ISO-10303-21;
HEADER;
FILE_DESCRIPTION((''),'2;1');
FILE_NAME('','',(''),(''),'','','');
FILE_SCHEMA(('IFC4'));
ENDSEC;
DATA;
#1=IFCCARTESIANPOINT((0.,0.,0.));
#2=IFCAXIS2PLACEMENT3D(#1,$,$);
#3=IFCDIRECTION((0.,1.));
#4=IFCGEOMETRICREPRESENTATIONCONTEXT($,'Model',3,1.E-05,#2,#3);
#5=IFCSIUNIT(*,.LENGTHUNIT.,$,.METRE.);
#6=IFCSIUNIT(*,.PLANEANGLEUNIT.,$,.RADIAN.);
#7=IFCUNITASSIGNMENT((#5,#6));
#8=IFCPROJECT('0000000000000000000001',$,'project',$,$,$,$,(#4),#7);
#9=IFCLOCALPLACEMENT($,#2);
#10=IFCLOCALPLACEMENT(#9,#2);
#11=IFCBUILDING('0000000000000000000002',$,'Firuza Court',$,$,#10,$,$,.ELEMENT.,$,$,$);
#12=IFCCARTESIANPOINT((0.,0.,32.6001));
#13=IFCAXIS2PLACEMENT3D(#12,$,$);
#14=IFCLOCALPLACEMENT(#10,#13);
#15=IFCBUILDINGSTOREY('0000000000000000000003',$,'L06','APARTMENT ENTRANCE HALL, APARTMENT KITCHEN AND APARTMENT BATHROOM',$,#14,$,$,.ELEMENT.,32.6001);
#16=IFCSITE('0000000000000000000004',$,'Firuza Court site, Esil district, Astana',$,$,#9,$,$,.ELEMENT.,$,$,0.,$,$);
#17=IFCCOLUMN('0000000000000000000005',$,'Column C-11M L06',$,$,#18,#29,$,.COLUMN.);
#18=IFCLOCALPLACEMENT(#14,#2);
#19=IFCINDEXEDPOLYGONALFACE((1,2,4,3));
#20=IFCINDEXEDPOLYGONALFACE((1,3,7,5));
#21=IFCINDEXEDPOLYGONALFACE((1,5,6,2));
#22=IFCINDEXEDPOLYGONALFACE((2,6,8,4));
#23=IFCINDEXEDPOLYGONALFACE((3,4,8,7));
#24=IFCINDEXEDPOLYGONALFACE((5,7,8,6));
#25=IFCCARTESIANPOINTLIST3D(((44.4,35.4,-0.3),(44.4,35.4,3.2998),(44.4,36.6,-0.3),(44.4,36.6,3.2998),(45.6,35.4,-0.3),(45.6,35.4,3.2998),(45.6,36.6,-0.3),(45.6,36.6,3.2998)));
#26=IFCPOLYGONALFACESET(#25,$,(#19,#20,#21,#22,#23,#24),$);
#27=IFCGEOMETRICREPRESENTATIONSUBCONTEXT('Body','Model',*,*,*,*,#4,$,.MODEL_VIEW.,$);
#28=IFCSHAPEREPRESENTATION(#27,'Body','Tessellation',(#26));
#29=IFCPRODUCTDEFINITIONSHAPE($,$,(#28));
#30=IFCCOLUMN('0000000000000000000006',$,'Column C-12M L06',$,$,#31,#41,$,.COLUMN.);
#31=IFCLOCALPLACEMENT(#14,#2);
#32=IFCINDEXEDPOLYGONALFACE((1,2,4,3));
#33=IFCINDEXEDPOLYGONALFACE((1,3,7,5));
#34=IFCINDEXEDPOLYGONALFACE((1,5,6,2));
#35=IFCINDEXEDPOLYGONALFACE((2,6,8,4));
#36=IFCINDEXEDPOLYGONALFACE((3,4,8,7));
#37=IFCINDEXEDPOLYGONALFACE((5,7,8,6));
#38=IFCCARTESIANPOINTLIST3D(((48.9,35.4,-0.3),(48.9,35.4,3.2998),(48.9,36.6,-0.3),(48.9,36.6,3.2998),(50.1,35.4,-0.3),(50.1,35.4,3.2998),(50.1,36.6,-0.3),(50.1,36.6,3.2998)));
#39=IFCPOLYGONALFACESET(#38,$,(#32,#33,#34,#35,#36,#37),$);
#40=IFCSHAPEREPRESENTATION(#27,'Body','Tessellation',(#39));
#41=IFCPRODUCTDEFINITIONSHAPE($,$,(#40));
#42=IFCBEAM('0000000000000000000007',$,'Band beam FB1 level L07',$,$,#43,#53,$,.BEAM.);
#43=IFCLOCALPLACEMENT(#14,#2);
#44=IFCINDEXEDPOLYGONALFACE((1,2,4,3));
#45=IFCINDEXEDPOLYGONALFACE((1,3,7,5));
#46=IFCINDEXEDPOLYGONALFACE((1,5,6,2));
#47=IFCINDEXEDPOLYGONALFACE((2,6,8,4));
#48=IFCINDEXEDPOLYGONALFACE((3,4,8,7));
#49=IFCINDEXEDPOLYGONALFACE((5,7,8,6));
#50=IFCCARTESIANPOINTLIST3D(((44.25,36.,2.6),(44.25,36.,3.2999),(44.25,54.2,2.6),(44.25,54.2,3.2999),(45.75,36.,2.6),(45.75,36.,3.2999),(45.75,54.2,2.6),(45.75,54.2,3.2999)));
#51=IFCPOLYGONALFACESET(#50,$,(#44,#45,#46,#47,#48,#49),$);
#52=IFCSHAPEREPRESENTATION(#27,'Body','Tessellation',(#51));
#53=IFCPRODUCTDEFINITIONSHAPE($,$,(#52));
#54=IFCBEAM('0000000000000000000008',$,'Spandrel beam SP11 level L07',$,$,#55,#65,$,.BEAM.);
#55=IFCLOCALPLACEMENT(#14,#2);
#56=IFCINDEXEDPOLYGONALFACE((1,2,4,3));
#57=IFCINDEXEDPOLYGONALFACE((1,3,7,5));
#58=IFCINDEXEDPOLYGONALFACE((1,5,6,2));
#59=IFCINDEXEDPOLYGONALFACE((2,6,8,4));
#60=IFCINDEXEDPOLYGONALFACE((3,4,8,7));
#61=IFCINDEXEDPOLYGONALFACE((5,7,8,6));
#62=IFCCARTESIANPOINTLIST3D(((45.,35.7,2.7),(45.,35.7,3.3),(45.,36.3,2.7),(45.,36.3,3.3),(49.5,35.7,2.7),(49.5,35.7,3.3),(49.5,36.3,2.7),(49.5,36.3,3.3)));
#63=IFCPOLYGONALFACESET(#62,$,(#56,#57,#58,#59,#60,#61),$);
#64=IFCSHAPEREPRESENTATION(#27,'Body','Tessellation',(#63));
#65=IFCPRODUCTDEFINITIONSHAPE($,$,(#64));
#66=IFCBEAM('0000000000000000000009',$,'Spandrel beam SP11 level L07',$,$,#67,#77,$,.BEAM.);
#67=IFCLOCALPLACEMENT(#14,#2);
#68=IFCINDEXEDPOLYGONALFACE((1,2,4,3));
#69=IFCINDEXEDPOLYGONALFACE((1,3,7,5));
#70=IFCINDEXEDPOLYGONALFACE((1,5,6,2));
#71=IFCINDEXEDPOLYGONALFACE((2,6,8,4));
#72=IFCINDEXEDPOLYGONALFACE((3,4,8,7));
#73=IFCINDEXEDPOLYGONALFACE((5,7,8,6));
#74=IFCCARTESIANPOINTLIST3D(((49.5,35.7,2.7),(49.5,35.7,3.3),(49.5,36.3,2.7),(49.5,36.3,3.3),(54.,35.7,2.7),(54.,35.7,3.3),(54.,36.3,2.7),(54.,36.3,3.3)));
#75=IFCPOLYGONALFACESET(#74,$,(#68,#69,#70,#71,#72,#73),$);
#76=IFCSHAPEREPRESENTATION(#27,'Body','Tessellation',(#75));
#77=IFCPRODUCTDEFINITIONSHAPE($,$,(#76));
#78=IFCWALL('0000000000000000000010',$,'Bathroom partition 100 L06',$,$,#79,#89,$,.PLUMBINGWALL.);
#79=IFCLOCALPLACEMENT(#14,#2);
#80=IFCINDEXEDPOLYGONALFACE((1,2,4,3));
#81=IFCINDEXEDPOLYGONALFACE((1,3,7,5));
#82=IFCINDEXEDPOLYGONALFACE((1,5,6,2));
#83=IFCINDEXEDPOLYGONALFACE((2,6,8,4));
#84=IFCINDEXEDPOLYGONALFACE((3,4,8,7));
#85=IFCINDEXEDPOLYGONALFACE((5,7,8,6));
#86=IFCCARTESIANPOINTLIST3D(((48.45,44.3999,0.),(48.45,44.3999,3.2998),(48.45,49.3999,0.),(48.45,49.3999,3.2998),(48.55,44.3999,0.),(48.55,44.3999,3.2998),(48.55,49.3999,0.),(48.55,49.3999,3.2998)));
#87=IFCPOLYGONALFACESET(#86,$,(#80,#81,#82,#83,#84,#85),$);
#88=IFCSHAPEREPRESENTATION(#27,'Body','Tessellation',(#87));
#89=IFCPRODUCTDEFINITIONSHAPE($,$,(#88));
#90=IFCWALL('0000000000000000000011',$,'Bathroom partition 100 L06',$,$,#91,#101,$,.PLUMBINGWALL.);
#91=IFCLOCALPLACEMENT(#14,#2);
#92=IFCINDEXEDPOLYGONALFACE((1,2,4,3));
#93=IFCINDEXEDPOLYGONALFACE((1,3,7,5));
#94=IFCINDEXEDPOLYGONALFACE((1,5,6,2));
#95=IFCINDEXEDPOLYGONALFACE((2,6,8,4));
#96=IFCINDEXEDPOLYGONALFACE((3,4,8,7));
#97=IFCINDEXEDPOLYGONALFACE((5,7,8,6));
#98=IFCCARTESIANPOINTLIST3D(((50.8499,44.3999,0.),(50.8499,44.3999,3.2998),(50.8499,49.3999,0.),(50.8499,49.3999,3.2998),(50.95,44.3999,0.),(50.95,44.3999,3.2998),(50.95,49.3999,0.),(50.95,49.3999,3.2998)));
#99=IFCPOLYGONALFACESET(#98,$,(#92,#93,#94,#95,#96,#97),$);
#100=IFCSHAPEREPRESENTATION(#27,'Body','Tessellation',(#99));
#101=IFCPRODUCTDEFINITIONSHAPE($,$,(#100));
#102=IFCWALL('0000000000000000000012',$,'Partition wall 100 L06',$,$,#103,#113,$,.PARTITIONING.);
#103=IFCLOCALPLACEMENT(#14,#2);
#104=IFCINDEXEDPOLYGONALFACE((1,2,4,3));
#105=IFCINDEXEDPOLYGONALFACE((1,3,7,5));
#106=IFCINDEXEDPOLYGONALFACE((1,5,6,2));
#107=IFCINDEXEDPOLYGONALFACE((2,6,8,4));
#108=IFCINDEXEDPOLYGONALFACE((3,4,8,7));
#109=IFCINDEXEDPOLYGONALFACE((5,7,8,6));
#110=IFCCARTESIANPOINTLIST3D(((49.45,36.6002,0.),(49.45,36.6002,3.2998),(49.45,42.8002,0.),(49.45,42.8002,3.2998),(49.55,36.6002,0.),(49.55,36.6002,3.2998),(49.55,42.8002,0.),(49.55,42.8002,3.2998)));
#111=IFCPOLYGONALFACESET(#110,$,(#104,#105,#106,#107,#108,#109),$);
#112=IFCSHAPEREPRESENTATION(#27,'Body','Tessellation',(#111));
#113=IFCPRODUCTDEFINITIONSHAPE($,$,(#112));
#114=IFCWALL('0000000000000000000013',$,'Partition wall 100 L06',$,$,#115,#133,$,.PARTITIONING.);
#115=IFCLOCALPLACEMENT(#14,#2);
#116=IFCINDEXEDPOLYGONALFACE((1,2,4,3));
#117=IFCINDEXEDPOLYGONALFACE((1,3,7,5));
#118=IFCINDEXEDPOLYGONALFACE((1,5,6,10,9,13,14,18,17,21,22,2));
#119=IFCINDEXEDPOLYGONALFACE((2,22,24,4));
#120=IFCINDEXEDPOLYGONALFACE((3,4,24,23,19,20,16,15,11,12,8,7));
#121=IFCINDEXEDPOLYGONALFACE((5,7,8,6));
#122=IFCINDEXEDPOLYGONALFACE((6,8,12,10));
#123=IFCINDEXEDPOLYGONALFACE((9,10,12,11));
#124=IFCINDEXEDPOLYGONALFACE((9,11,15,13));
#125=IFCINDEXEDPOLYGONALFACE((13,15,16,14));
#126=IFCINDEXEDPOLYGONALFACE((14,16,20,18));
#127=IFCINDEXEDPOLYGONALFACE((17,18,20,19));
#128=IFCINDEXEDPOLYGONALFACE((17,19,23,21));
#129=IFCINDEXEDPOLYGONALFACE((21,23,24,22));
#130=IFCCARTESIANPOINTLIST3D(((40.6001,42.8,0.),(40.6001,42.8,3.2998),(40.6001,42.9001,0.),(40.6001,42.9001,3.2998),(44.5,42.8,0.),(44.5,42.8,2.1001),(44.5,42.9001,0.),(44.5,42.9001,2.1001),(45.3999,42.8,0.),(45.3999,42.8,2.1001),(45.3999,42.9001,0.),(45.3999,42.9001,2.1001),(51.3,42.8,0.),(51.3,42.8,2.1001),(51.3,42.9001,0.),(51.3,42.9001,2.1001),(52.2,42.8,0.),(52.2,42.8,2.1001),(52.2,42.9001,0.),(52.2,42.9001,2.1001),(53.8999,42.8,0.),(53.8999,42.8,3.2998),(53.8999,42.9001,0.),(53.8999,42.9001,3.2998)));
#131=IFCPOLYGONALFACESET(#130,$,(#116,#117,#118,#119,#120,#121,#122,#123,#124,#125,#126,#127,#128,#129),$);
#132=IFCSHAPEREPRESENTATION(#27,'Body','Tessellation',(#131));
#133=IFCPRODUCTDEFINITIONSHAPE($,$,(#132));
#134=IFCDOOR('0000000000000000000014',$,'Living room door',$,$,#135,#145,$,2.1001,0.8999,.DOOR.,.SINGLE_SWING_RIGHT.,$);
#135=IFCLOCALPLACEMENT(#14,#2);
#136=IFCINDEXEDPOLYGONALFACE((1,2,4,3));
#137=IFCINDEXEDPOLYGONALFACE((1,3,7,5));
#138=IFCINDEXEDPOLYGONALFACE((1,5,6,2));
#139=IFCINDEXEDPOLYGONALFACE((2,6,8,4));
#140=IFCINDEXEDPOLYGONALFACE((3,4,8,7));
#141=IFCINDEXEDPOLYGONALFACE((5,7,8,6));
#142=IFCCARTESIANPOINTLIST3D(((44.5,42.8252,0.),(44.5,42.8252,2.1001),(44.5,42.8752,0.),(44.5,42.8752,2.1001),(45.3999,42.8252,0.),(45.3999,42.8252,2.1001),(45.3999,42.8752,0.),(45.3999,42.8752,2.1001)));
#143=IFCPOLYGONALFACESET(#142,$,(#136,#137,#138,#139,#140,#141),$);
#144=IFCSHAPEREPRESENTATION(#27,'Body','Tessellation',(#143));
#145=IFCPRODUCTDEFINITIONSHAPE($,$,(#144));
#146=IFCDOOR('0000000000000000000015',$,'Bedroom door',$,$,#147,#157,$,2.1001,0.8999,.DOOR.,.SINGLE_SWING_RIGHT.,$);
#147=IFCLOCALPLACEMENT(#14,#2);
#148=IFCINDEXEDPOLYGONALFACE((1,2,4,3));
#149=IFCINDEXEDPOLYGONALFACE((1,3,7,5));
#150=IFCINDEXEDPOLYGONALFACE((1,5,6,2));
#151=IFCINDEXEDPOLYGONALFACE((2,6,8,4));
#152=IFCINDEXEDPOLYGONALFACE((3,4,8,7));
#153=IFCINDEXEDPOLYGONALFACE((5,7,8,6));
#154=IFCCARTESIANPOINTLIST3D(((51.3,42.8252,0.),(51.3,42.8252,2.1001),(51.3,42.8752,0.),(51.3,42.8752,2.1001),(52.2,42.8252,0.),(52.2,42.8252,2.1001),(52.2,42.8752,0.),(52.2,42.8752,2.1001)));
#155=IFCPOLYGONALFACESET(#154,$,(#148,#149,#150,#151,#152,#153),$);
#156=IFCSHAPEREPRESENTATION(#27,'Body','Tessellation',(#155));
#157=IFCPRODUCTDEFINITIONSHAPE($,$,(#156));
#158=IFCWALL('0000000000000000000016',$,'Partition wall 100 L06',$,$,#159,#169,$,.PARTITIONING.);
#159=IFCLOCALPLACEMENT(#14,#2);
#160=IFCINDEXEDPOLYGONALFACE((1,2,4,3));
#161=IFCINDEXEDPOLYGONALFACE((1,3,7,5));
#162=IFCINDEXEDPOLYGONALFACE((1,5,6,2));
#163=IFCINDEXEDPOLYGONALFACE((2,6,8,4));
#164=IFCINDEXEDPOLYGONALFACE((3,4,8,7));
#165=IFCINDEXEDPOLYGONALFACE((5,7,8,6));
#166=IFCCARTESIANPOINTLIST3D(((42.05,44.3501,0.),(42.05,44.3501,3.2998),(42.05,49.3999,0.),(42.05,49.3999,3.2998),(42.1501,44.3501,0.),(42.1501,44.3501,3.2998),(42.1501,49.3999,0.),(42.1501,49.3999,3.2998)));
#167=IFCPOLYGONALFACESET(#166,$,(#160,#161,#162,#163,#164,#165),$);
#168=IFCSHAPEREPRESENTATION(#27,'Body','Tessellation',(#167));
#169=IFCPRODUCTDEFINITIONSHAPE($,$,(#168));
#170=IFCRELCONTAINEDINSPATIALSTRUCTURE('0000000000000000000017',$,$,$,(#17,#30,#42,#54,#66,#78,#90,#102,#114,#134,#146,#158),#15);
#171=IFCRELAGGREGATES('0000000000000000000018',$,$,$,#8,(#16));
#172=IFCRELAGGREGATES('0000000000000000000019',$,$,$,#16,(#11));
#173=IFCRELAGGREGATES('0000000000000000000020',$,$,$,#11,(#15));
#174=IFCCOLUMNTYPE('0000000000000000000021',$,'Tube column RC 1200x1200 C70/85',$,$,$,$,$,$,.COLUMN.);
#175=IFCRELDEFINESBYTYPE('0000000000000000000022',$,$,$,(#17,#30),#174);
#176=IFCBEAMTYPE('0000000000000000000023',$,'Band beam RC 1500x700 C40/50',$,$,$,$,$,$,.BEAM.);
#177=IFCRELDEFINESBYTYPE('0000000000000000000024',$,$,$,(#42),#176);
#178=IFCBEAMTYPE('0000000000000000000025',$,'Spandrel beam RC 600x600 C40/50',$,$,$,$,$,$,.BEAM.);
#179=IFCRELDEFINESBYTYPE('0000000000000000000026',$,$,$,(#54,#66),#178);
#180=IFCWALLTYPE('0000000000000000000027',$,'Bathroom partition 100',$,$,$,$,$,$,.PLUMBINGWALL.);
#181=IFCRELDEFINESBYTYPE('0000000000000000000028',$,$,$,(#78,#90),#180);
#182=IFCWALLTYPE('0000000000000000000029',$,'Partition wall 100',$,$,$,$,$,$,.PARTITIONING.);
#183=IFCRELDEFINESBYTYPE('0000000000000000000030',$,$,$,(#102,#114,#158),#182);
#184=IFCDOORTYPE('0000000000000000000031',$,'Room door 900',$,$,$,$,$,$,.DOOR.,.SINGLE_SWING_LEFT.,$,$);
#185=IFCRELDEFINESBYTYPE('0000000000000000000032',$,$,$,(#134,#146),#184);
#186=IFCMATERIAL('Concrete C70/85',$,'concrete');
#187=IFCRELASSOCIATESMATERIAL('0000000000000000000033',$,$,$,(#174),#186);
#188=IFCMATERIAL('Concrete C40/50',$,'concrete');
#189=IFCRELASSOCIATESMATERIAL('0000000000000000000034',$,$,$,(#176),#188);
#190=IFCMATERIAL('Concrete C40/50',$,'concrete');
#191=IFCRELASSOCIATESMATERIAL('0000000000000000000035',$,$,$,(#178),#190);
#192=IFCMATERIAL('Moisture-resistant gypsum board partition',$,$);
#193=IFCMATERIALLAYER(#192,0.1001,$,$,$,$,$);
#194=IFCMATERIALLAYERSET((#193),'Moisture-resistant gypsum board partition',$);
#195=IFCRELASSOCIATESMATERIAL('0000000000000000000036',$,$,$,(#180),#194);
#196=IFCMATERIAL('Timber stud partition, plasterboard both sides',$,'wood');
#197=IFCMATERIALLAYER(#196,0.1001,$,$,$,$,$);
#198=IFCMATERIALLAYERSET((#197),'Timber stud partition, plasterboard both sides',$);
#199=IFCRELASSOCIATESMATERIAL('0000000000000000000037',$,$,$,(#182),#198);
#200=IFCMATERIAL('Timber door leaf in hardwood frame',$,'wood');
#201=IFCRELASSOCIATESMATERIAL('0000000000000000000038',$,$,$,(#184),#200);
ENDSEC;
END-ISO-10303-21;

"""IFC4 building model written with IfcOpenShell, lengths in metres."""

from ifc_helpers import new_model, si_unit, direction, frame, frame_2d, origin, origin_2d, place, context, subcontext, project, spatial, rectangle, extrude, material, layer, layer_set, material_profile, profile_set, type_object, element, fill, save


model = new_model("IFC4")

# Units and contexts
model_context = context("Model", 3, precision=1e-05, world=origin(), true_north=direction((0.0, 1.0)))
body_context = subcontext(model_context, "Body", "Model", "MODEL_VIEW")
ifc_project = project(units=[si_unit("LENGTHUNIT", "METRE"), si_unit("PLANEANGLEUNIT", "RADIAN")], contexts=[model_context])

# Site, building, storey
site_placement = place(None, origin())
site = spatial("IfcSite", under=ifc_project, at=site_placement, Name="Firuza Court site, Esil district, Astana", CompositionType="ELEMENT", RefElevation=0.0)
building_placement = place(site_placement, origin())
building = spatial("IfcBuilding", under=site, at=building_placement, Name="Firuza Court", CompositionType="ELEMENT")
storey_placement = place(building_placement, frame((0.0, 0.0, 32.6001)))
storey = spatial("IfcBuildingStorey", under=building, at=storey_placement, Name="L06", Description="APARTMENT ENTRANCE HALL, APARTMENT KITCHEN AND APARTMENT BATHROOM", CompositionType="ELEMENT", Elevation=32.6001)

# Columns
ifc_material_1 = material(Name="Concrete C70/85", Category="concrete")
ifc_material_profile_1 = material_profile(ifc_material_1, rectangle(XDim=1.2, YDim=1.2, at=origin_2d()), Name="RC 1200x1200")
ifc_profile_set_1 = profile_set([ifc_material_profile_1], Name="Concrete C70/85")
column_type = type_object("IfcColumnType", Name="Tube column RC 1200x1200 C70/85", PredefinedType="COLUMN", material=ifc_profile_set_1)
for number, where, z_axis, x_axis, name in (
    (1, (45.0, 36.0, -0.3), (0.0, 0.0, 1.0), (1.0, 0.0, 0.0), "Column C-11M L06"),
    (2, (49.5, 36.0, -0.3), (0.0, 0.0, 1.0), (1.0, 0.0, 0.0), "Column C-12M L06"),
):
    element("IfcColumn", number, at=place(storey_placement, frame(where, z_axis=z_axis, x_axis=x_axis)), inside=storey, type_object=column_type, Name=name, PredefinedType="COLUMN", context=body_context, shape_type="SweptSolid", body=[
        extrude(rectangle(XDim=1.2, YDim=1.2, at=origin_2d()), origin(), (0.0, 0.0, 1.0), 3.5999),
    ])

# Beams
ifc_material_2 = material(Name="Concrete C40/50", Category="concrete")
ifc_material_profile_2 = material_profile(ifc_material_2, rectangle(XDim=1.5, YDim=0.7, at=origin_2d()), Name="RC 1500x700")
ifc_profile_set_2 = profile_set([ifc_material_profile_2], Name="Concrete C40/50")
beam_type_1 = type_object("IfcBeamType", Name="Band beam RC 1500x700 C40/50", PredefinedType="BEAM", material=ifc_profile_set_2)
beam_placement = place(storey_placement, frame((45.0, 36.0, 2.95), z_axis=(0.0, 1.0, 0.0), x_axis=(-1.0, 0.0, 0.0)))
element("IfcBeam", 3, at=beam_placement, inside=storey, type_object=beam_type_1, Name="Band beam FB1 level L07", PredefinedType="BEAM", context=body_context, shape_type="SweptSolid", body=[
    extrude(rectangle(XDim=1.5, YDim=0.7, at=origin_2d()), origin(), (0.0, 0.0, 1.0), 18.2),
])
ifc_material_3 = material(Name="Concrete C40/50", Category="concrete")
ifc_material_profile_3 = material_profile(ifc_material_3, rectangle(XDim=0.6001, YDim=0.6001, at=origin_2d()), Name="RC 600x600")
ifc_profile_set_3 = profile_set([ifc_material_profile_3], Name="Concrete C40/50")
beam_type_2 = type_object("IfcBeamType", Name="Spandrel beam RC 600x600 C40/50", PredefinedType="BEAM", material=ifc_profile_set_3)
for number, where, z_axis, x_axis, name in (
    (4, (45.0, 36.0, 3.0), (1.0, 0.0, 0.0), (0.0, 1.0, 0.0), "Spandrel beam SP11 level L07"),
    (5, (49.5, 36.0, 3.0), (1.0, 0.0, 0.0), (0.0, 1.0, 0.0), "Spandrel beam SP11 level L07"),
):
    element("IfcBeam", number, at=place(storey_placement, frame(where, z_axis=z_axis, x_axis=x_axis)), inside=storey, type_object=beam_type_2, Name=name, PredefinedType="BEAM", context=body_context, shape_type="SweptSolid", body=[
        extrude(rectangle(XDim=0.6001, YDim=0.6001, at=origin_2d()), origin(), (0.0, 0.0, 1.0), 4.5),
    ])

# Walls
ifc_material_4 = material(Name="Moisture-resistant gypsum board partition")
ifc_layer_1 = layer(ifc_material_4, 0.1001)
ifc_layer_set_1 = layer_set([ifc_layer_1], Name="Moisture-resistant gypsum board partition")
wall_type_1 = type_object("IfcWallType", Name="Bathroom partition 100", PredefinedType="PLUMBINGWALL", material=ifc_layer_set_1)
for number, where, z_axis, x_axis, name in (
    (6, (48.5, 44.3999, 0.0), (0.0, 0.0, 1.0), (0.0, 1.0, 0.0), "Bathroom partition 100 L06"),
    (7, (50.8999, 44.3999, 0.0), (0.0, 0.0, 1.0), (0.0, 1.0, 0.0), "Bathroom partition 100 L06"),
):
    element("IfcWall", number, at=place(storey_placement, frame(where, z_axis=z_axis, x_axis=x_axis)), inside=storey, type_object=wall_type_1, Name=name, PredefinedType="PLUMBINGWALL", context=body_context, shape_type="SweptSolid", body=[
        extrude(rectangle(XDim=5.0, YDim=0.1001, at=frame_2d((2.5, 0.0))), origin(), (0.0, 0.0, 1.0), 3.2998),
    ])
ifc_material_5 = material(Name="Timber stud partition, plasterboard both sides", Category="wood")
ifc_layer_2 = layer(ifc_material_5, 0.1001)
ifc_layer_set_2 = layer_set([ifc_layer_2], Name="Timber stud partition, plasterboard both sides")
wall_type_2 = type_object("IfcWallType", Name="Partition wall 100", PredefinedType="PARTITIONING", material=ifc_layer_set_2)
wall_1_placement = place(storey_placement, frame((49.5, 36.6001, 0.0), z_axis=(0.0, 0.0, 1.0), x_axis=(0.0, 1.0, 0.0)))
element("IfcWall", 8, at=wall_1_placement, inside=storey, type_object=wall_type_2, Name="Partition wall 100 L06", PredefinedType="PARTITIONING", context=body_context, shape_type="SweptSolid", body=[
    extrude(rectangle(XDim=6.2, YDim=0.1001, at=frame_2d((3.1001, 0.0))), origin(), (0.0, 0.0, 1.0), 3.2998),
])

# Wall, openings, doors
wall_2_placement = place(storey_placement, frame((40.6001, 42.8501, 0.0), z_axis=(0.0, 0.0, 1.0), x_axis=(1.0, 0.0, 0.0)))
wall_2 = element("IfcWall", 9, at=wall_2_placement, inside=storey, type_object=wall_type_2, Name="Partition wall 100 L06", PredefinedType="PARTITIONING", context=body_context, shape_type="SweptSolid", body=[
    extrude(rectangle(XDim=13.2998, YDim=0.1001, at=frame_2d((6.6499, 0.0))), origin(), (0.0, 0.0, 1.0), 3.2998),
])
opening_1_placement = place(wall_2_placement, frame((3.8999, 0.0, 0.0)))
opening_1 = element("IfcOpeningElement", 10, at=opening_1_placement, cuts=wall_2, PredefinedType="OPENING", context=body_context, shape_type="SweptSolid", body=[
    extrude(rectangle(XDim=0.8999, YDim=2.1001, at=frame_2d((0.45, 1.05))), frame((0.0, 0.062, 0.0), z_axis=(0.0, -1.0, 0.0), x_axis=(1.0, 0.0, 0.0)), (0.0, 0.0, 1.0), 0.124),
])
opening_2_placement = place(wall_2_placement, frame((10.7, 0.0, 0.0)))
opening_2 = element("IfcOpeningElement", 11, at=opening_2_placement, cuts=wall_2, PredefinedType="OPENING", context=body_context, shape_type="SweptSolid", body=[
    extrude(rectangle(XDim=0.8999, YDim=2.1001, at=frame_2d((0.45, 1.05))), frame((0.0, 0.062, 0.0), z_axis=(0.0, -1.0, 0.0), x_axis=(1.0, 0.0, 0.0)), (0.0, 0.0, 1.0), 0.124),
])
ifc_material_6 = material(Name="Timber door leaf in hardwood frame", Category="wood")
door_type_1 = type_object("IfcDoorType", Name="Room door 900", OperationType="SINGLE_SWING_LEFT", PredefinedType="DOOR", material=ifc_material_6)
door_1_placement = place(opening_1_placement, frame((0.8999, 0.0, 0.0), z_axis=(0.0, 0.0, 1.0), x_axis=(-1.0, 0.0, 0.0)))
door_1 = element("IfcDoor", 12, at=door_1_placement, inside=storey, type_object=door_type_1, Name="Living room door", OperationType="SINGLE_SWING_RIGHT", OverallHeight=2.1001, OverallWidth=0.8999, PredefinedType="DOOR", context=body_context, shape_type="SweptSolid", body=[
    extrude(rectangle(XDim=0.8999, YDim=2.1001, at=frame_2d((0.45, 1.05))), frame((0.0, 0.0249, 0.0), z_axis=(0.0, -1.0, 0.0), x_axis=(1.0, 0.0, 0.0)), (0.0, 0.0, 1.0), 0.05),
])
fill(opening_1, door_1)
door_2_placement = place(opening_2_placement, frame((0.8999, 0.0, 0.0), z_axis=(0.0, 0.0, 1.0), x_axis=(-1.0, 0.0, 0.0)))
door_2 = element("IfcDoor", 13, at=door_2_placement, inside=storey, type_object=door_type_1, Name="Bedroom door", OperationType="SINGLE_SWING_RIGHT", OverallHeight=2.1001, OverallWidth=0.8999, PredefinedType="DOOR", context=body_context, shape_type="SweptSolid", body=[
    extrude(rectangle(XDim=0.8999, YDim=2.1001, at=frame_2d((0.45, 1.05))), frame((0.0, 0.0249, 0.0), z_axis=(0.0, -1.0, 0.0), x_axis=(1.0, 0.0, 0.0)), (0.0, 0.0, 1.0), 0.05),
])
fill(opening_2, door_2)

# Wall
wall_3_placement = place(storey_placement, frame((42.1001, 44.3501, 0.0), z_axis=(0.0, 0.0, 1.0), x_axis=(0.0, 1.0, 0.0)))
element("IfcWall", 14, at=wall_3_placement, inside=storey, type_object=wall_type_2, Name="Partition wall 100 L06", PredefinedType="PARTITIONING", context=body_context, shape_type="SweptSolid", body=[
    extrude(rectangle(XDim=5.0498, YDim=0.1001, at=frame_2d((2.5249, 0.0))), origin(), (0.0, 0.0, 1.0), 3.2998),
])

save(model, "model.ifc")
